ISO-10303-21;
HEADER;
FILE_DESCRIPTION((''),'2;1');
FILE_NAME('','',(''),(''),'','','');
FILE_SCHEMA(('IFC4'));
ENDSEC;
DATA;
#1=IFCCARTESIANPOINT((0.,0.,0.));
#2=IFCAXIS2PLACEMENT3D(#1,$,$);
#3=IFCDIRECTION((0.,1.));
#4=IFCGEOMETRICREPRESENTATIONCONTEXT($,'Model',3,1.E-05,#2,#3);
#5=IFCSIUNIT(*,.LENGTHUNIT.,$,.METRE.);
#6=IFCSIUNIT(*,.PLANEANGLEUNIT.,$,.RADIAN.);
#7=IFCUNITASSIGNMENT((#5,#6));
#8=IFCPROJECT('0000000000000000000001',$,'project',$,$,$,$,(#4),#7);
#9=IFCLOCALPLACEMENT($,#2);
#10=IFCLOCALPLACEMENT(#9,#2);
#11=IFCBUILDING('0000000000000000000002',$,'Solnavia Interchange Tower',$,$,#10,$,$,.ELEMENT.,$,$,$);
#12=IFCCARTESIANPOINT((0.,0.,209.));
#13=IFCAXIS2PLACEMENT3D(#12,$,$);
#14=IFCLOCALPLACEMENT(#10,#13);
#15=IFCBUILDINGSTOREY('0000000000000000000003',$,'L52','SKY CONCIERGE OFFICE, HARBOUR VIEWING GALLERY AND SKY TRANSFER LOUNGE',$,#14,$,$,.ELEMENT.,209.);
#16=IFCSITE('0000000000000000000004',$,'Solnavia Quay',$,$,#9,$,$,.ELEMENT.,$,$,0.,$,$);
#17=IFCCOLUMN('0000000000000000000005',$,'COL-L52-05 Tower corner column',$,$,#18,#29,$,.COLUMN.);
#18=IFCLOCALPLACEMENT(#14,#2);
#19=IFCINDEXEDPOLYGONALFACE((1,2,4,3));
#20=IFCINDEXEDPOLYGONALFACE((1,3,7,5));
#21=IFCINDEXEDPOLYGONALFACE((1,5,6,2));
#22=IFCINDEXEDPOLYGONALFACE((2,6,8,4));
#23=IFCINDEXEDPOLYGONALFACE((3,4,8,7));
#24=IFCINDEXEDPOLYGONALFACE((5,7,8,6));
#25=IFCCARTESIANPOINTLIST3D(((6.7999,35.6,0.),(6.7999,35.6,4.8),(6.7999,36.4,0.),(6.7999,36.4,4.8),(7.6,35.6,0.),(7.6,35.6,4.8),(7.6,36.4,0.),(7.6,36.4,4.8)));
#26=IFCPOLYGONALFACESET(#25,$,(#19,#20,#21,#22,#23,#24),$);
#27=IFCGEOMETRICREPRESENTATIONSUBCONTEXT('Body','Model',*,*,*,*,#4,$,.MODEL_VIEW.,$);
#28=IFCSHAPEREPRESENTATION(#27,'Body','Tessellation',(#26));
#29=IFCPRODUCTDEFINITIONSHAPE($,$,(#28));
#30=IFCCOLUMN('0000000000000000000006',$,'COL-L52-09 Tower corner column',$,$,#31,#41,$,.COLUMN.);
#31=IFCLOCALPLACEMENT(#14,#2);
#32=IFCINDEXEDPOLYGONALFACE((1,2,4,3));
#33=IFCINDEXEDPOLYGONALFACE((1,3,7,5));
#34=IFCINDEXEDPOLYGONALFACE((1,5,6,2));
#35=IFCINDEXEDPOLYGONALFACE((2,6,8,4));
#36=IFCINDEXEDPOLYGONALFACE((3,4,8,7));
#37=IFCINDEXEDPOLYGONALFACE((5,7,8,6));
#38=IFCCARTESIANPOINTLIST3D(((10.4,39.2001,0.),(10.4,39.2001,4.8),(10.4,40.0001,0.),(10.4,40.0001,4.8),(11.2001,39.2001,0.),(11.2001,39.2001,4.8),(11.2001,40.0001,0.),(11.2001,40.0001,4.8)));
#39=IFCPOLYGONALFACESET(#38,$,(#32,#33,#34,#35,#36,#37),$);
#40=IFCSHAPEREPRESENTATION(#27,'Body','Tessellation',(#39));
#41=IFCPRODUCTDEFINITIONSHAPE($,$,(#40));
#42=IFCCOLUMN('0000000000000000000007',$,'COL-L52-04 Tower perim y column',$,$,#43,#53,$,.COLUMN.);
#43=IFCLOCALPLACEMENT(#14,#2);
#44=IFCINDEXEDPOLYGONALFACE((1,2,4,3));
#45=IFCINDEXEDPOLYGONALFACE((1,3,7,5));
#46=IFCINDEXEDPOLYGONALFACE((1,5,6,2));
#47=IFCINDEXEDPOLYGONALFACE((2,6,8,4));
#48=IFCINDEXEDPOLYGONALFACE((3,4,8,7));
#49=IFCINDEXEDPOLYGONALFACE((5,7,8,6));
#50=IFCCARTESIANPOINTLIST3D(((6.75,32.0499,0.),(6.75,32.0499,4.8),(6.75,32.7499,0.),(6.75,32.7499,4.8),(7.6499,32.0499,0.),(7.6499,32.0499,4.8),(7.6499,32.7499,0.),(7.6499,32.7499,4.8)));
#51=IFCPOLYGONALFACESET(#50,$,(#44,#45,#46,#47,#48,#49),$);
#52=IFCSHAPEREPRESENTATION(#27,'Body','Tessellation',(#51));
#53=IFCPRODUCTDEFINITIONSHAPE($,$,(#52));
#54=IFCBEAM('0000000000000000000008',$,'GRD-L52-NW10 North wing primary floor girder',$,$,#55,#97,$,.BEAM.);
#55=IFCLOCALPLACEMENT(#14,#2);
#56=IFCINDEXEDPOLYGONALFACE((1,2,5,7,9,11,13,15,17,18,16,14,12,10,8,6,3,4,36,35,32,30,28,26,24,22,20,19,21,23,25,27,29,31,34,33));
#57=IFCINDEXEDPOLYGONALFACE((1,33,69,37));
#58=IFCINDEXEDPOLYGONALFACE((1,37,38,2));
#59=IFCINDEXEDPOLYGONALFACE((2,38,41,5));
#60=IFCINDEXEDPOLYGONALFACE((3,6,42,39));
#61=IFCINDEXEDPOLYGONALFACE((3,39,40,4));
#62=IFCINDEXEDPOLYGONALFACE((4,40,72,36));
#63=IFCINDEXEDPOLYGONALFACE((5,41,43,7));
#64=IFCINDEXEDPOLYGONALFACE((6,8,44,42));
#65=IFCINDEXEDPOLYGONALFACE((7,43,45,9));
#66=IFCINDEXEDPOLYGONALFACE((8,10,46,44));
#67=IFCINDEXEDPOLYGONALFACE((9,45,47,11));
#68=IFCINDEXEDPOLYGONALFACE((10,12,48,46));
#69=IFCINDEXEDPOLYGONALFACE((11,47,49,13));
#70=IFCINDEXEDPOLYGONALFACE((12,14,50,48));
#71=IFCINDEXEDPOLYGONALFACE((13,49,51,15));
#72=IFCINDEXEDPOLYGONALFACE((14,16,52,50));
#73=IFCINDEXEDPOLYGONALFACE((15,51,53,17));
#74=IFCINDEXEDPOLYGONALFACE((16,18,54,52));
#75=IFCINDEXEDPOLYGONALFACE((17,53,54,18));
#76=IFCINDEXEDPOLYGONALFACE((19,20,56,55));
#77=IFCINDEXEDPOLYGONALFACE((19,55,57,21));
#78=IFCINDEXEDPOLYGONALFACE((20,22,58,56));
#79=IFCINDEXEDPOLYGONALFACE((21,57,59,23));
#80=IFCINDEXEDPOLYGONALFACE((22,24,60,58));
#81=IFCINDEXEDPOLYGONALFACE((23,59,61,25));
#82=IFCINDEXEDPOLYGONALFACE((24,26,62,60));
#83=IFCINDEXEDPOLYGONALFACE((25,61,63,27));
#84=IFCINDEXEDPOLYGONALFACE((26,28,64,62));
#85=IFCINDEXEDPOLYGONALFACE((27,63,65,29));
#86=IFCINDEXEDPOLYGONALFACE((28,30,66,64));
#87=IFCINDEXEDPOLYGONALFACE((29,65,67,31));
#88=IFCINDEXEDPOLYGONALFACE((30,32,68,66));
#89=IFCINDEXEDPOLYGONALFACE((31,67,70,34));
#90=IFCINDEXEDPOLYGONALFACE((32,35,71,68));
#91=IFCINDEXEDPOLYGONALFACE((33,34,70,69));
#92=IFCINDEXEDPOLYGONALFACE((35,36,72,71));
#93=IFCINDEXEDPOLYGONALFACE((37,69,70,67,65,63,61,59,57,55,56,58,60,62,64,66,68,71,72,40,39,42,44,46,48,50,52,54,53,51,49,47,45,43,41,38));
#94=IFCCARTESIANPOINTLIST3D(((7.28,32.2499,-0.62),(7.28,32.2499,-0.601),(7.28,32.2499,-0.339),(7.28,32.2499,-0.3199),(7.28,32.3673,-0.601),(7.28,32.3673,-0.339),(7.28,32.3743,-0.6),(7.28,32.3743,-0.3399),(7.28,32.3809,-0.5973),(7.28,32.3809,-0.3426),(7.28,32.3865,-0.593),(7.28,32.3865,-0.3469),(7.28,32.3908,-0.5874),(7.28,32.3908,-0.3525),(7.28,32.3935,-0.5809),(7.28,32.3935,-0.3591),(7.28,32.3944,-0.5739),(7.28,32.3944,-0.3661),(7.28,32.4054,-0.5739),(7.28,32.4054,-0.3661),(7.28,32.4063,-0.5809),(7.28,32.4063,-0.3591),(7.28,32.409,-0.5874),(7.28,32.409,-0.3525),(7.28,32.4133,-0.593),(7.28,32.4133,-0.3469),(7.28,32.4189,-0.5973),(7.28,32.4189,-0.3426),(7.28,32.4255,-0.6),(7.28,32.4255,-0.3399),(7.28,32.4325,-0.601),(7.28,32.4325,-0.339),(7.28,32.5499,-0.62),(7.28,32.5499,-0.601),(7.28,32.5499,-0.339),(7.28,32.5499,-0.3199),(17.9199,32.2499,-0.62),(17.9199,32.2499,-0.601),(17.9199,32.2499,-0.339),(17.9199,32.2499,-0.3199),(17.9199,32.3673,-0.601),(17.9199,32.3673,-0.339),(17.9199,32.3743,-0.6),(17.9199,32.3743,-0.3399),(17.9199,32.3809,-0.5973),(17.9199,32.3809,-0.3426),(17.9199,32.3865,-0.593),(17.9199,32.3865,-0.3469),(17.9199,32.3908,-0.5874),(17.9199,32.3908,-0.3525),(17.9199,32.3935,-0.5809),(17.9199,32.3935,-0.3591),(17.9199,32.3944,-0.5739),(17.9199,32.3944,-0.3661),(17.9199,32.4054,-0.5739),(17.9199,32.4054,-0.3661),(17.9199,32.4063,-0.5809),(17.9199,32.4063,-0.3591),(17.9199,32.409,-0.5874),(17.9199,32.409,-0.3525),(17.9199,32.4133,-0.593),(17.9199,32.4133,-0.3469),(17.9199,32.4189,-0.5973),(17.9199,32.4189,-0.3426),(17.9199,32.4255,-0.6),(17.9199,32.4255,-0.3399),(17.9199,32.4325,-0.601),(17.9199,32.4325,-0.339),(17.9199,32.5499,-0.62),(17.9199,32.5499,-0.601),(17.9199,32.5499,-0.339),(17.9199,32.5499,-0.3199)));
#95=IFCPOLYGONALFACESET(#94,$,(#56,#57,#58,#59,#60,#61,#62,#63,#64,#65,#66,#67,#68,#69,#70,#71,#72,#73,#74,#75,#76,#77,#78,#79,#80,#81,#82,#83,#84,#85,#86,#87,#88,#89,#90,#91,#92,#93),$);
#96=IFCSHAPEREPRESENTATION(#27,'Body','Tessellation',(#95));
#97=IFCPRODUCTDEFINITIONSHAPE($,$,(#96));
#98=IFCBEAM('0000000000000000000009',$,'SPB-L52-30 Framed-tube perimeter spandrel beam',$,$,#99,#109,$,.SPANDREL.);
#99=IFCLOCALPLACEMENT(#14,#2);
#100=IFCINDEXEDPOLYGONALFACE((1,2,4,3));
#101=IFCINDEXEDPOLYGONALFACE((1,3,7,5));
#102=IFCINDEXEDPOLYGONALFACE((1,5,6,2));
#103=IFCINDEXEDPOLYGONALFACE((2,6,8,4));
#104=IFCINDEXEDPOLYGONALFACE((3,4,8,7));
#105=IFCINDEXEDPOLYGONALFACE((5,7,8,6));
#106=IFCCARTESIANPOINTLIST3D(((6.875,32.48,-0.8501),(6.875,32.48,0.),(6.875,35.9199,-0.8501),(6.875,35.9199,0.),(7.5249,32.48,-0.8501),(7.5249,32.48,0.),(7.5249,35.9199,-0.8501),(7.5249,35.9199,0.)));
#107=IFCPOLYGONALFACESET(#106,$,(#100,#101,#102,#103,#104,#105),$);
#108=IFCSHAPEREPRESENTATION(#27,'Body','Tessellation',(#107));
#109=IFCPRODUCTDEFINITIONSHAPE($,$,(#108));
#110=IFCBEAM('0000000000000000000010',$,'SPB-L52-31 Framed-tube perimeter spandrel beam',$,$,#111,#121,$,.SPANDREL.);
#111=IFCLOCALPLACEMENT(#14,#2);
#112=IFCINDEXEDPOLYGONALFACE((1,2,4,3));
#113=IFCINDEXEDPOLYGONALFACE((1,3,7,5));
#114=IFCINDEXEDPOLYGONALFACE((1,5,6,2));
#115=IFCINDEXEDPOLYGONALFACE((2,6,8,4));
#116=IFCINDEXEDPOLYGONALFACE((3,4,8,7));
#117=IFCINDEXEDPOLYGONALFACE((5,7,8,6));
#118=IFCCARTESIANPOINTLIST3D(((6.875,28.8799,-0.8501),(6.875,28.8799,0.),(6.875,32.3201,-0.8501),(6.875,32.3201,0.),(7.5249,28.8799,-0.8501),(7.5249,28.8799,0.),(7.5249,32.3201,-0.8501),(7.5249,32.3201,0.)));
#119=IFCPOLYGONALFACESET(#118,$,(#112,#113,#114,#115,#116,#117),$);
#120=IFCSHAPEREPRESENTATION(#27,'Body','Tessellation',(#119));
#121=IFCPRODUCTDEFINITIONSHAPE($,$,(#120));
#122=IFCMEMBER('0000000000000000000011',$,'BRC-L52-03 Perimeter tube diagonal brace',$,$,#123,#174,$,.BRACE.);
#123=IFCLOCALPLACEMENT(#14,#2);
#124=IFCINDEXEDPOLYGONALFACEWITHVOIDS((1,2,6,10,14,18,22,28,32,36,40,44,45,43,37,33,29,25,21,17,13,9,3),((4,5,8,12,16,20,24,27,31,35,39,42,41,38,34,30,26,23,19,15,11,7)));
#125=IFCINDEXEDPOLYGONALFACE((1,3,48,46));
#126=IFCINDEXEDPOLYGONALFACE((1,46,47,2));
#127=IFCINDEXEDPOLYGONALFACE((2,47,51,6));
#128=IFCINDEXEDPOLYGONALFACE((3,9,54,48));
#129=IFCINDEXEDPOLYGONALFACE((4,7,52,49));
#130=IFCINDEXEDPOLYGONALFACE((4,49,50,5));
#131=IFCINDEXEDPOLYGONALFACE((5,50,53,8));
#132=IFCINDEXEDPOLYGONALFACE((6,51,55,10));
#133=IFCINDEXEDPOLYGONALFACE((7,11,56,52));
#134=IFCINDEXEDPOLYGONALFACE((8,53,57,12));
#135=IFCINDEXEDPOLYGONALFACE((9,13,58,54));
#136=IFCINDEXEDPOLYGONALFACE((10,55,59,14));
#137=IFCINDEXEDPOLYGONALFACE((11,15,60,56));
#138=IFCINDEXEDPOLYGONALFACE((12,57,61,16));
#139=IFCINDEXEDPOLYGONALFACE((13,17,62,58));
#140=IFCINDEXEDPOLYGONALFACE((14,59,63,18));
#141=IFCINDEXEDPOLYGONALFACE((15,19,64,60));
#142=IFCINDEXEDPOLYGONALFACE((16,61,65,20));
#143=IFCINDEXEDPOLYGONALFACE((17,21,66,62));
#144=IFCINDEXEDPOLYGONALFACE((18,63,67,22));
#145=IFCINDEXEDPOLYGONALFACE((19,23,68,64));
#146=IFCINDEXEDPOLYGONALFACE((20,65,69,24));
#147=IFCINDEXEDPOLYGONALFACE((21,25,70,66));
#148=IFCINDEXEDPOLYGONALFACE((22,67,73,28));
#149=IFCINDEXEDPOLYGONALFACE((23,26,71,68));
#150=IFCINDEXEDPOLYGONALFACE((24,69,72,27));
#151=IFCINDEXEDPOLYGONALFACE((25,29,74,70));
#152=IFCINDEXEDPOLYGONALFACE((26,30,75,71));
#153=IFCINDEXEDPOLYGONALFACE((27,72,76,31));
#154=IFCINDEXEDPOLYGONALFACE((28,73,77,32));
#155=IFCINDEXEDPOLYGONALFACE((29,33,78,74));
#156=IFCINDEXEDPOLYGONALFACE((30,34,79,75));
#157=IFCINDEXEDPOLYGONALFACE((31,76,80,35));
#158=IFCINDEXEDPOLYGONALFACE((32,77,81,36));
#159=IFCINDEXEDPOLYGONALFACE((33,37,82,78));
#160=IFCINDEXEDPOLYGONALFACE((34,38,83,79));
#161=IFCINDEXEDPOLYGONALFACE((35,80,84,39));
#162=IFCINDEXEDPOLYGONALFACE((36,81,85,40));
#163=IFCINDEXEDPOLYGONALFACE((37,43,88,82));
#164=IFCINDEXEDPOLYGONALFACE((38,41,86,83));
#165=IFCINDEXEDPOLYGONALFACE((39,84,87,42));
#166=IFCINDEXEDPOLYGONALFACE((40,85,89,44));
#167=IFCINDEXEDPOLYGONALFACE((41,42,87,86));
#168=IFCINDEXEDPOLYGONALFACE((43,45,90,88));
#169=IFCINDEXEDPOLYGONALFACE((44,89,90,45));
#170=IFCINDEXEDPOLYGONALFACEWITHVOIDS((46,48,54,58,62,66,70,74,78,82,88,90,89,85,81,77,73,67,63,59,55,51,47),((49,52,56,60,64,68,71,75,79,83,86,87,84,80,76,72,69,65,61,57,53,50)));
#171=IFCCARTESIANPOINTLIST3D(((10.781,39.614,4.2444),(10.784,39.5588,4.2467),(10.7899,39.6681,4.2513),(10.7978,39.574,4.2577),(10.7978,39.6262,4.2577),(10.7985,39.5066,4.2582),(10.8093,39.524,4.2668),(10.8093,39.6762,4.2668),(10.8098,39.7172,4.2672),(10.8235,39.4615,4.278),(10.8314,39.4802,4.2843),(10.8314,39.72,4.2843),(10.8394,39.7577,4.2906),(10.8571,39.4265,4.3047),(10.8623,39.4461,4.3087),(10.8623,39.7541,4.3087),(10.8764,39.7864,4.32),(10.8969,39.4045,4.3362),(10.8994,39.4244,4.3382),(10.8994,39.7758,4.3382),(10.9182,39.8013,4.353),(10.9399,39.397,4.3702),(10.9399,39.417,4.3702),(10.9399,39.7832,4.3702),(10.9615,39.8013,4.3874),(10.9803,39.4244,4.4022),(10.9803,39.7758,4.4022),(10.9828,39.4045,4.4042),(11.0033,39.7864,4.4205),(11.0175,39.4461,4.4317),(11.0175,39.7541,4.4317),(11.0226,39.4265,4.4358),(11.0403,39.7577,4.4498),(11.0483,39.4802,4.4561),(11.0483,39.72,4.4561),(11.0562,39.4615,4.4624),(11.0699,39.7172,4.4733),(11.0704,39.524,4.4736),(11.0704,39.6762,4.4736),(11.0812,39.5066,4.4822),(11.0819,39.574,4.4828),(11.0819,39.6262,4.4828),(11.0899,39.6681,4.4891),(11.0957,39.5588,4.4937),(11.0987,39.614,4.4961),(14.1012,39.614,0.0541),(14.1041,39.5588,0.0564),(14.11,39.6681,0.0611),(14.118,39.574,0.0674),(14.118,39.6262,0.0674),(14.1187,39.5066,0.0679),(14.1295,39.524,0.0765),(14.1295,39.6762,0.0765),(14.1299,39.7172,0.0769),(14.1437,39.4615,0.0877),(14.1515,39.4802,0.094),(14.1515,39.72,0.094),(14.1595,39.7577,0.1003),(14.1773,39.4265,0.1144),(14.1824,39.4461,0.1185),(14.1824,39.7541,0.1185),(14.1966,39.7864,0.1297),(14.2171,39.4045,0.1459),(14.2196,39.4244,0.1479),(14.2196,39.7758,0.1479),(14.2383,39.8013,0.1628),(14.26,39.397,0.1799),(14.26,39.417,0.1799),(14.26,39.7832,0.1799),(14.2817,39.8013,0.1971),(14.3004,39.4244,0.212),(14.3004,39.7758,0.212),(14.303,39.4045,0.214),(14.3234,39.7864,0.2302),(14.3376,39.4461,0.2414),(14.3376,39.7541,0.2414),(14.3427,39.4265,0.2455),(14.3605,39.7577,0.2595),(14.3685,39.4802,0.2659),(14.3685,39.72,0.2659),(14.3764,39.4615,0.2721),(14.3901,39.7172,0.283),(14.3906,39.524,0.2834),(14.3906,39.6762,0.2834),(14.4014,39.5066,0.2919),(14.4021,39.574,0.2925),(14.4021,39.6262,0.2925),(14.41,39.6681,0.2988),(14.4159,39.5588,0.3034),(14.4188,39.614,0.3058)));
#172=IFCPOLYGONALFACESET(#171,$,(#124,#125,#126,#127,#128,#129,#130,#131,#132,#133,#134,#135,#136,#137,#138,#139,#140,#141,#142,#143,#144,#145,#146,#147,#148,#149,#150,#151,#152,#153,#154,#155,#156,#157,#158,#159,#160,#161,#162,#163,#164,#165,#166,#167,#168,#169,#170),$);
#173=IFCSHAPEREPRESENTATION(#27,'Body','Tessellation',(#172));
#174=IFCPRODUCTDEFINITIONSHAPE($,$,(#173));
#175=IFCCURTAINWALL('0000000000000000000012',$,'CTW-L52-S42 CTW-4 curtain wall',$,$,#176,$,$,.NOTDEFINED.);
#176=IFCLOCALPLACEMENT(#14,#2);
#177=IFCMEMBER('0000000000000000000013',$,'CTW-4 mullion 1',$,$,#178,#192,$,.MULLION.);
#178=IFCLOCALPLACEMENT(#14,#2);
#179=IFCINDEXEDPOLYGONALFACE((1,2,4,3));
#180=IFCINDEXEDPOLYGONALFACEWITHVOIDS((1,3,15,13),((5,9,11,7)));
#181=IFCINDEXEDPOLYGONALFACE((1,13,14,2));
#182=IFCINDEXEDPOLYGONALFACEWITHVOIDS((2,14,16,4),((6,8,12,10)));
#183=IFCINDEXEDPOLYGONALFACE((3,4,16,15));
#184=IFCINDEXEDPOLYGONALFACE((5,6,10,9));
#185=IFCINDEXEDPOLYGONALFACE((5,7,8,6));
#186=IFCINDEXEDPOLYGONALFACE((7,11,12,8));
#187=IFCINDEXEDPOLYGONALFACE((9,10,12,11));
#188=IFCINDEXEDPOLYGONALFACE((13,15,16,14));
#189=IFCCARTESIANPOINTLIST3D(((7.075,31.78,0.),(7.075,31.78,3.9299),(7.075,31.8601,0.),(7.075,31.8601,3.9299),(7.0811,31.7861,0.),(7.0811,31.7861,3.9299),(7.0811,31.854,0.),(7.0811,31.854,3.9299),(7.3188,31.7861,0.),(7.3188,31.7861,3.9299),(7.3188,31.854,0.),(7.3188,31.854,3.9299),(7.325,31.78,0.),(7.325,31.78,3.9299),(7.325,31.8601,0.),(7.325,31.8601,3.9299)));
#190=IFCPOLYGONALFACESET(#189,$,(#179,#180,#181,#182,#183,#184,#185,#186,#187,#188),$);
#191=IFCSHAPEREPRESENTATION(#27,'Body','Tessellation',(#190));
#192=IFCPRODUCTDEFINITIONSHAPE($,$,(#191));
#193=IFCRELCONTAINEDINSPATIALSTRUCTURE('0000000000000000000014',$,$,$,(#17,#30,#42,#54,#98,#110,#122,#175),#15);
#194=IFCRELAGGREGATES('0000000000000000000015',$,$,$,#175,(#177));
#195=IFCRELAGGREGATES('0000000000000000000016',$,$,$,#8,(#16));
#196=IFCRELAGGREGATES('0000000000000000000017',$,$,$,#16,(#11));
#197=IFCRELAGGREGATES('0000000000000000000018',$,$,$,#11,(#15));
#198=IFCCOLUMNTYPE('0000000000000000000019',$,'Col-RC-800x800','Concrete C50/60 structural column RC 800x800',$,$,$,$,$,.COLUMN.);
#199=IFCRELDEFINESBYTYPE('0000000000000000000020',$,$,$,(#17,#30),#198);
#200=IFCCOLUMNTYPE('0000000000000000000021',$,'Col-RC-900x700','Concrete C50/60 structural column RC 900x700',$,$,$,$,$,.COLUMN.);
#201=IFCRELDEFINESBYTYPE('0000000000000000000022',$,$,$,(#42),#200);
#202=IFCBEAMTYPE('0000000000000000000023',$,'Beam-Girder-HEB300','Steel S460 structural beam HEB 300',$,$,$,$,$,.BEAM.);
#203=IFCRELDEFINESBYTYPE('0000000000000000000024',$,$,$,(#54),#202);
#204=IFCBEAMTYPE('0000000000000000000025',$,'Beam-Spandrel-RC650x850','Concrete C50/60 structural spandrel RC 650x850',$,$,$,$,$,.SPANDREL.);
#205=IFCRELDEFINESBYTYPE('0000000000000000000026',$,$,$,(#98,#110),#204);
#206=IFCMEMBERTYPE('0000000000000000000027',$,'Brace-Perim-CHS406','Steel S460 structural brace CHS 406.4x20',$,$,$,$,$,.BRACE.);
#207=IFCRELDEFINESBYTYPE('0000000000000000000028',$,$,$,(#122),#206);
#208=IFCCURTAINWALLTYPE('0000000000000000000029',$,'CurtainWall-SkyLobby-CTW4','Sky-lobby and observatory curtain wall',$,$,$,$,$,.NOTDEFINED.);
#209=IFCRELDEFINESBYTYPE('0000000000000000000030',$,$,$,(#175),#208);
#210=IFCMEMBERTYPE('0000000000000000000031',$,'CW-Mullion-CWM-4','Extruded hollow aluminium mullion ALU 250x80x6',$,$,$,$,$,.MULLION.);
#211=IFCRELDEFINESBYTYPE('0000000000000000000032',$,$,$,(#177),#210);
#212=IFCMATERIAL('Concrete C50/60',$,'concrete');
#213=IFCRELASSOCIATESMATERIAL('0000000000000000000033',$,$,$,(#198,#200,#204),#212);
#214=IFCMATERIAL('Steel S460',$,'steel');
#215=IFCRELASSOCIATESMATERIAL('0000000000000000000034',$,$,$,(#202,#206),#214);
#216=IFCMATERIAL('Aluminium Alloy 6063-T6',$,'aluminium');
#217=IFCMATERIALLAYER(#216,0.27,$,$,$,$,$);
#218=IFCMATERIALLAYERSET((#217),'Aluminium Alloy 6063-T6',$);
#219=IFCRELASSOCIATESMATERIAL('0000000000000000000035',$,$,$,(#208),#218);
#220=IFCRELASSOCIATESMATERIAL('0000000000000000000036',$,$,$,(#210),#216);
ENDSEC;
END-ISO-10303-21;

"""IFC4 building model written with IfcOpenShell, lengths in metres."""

from ifc_helpers import new_model, si_unit, direction, frame, origin, origin_2d, place, context, subcontext, project, spatial, rectangle, hollow_rectangle, hollow_circle, i_section, extrude, material, layer, layer_set, material_profile, profile_set, type_object, element, aggregate, save


model = new_model("IFC4")

# Units and contexts
model_context = context("Model", 3, precision=1e-05, world=origin(), true_north=direction((0.0, 1.0)))
body_context = subcontext(model_context, "Body", "Model", "MODEL_VIEW")
ifc_project = project(units=[si_unit("LENGTHUNIT", "METRE"), si_unit("PLANEANGLEUNIT", "RADIAN")], contexts=[model_context])

# Site, building, storey
site_placement = place(None, origin())
site = spatial("IfcSite", under=ifc_project, at=site_placement, Name="Solnavia Quay", CompositionType="ELEMENT", RefElevation=0.0)
building_placement = place(site_placement, origin())
building = spatial("IfcBuilding", under=site, at=building_placement, Name="Solnavia Interchange Tower", CompositionType="ELEMENT")
storey_placement = place(building_placement, frame((0.0, 0.0, 209.0)))
storey = spatial("IfcBuildingStorey", under=building, at=storey_placement, Name="L52", Description="SKY CONCIERGE OFFICE, HARBOUR VIEWING GALLERY AND SKY TRANSFER LOUNGE", CompositionType="ELEMENT", Elevation=209.0)

# Columns
ifc_material_1 = material(Name="Concrete C50/60", Category="concrete")
ifc_material_profile_1 = material_profile(ifc_material_1, rectangle(XDim=0.8, YDim=0.8, at=origin_2d()), Name="RC 800x800")
ifc_profile_set_1 = profile_set([ifc_material_profile_1], Name="Concrete C50/60")
column_type_1 = type_object("IfcColumnType", Name="Col-RC-800x800", Description="Concrete C50/60 structural column RC 800x800", PredefinedType="COLUMN", material=ifc_profile_set_1)
for number, where, z_axis, x_axis, name in (
    (1, (7.2, 36.0, 0.0), (0.0, 0.0, 1.0), (0.0, 1.0, 0.0), "COL-L52-05 Tower corner column"),
    (2, (10.8, 39.6001, 0.0), (0.0, 0.0, 1.0), (1.0, 0.0, 0.0), "COL-L52-09 Tower corner column"),
):
    element("IfcColumn", number, at=place(storey_placement, frame(where, z_axis=z_axis, x_axis=x_axis)), inside=storey, type_object=column_type_1, Name=name, PredefinedType="COLUMN", context=body_context, shape_type="SweptSolid", body=[
        extrude(rectangle(XDim=0.8, YDim=0.8, at=origin_2d()), origin(), (0.0, 0.0, 1.0), 4.8),
    ])
ifc_material_profile_2 = material_profile(ifc_material_1, rectangle(XDim=0.7, YDim=0.8999, at=origin_2d()), Name="RC 900x700")
ifc_profile_set_2 = profile_set([ifc_material_profile_2], Name="Concrete C50/60")
column_type_2 = type_object("IfcColumnType", Name="Col-RC-900x700", Description="Concrete C50/60 structural column RC 900x700", PredefinedType="COLUMN", material=ifc_profile_set_2)
column_placement = place(storey_placement, frame((7.2, 32.3999, 0.0), z_axis=(0.0, 0.0, 1.0), x_axis=(0.0, 1.0, 0.0)))
element("IfcColumn", 3, at=column_placement, inside=storey, type_object=column_type_2, Name="COL-L52-04 Tower perim y column", PredefinedType="COLUMN", context=body_context, shape_type="SweptSolid", body=[
    extrude(rectangle(XDim=0.7, YDim=0.8999, at=origin_2d()), origin(), (0.0, 0.0, 1.0), 4.8),
])

# Beams
ifc_material_2 = material(Name="Steel S460", Category="steel")
ifc_material_profile_3 = material_profile(ifc_material_2, i_section(OverallWidth=0.3, OverallDepth=0.3, WebThickness=0.011, FlangeThickness=0.019, FilletRadius=0.0271, at=origin_2d()), Name="HEB 300")
ifc_profile_set_3 = profile_set([ifc_material_profile_3], Name="Steel S460")
beam_type_1 = type_object("IfcBeamType", Name="Beam-Girder-HEB300", Description="Steel S460 structural beam HEB 300", PredefinedType="BEAM", material=ifc_profile_set_3)
beam_1_placement = place(storey_placement, frame((7.28, 32.3999, -0.47), z_axis=(1.0, 0.0, 0.0), x_axis=(0.0, 1.0, 0.0)))
element("IfcBeam", 4, at=beam_1_placement, inside=storey, type_object=beam_type_1, Name="GRD-L52-NW10 North wing primary floor girder", PredefinedType="BEAM", context=body_context, shape_type="SweptSolid", body=[
    extrude(i_section(OverallWidth=0.3, OverallDepth=0.3, WebThickness=0.011, FlangeThickness=0.019, FilletRadius=0.0271, at=origin_2d()), origin(), (0.0, 0.0, 1.0), 10.6399),
])
ifc_material_profile_4 = material_profile(ifc_material_1, rectangle(XDim=0.6499, YDim=0.8501, at=origin_2d()), Name="RC 650x850")
ifc_profile_set_4 = profile_set([ifc_material_profile_4], Name="Concrete C50/60")
beam_type_2 = type_object("IfcBeamType", Name="Beam-Spandrel-RC650x850", Description="Concrete C50/60 structural spandrel RC 650x850", PredefinedType="SPANDREL", material=ifc_profile_set_4)
beam_2_placement = place(storey_placement, frame((7.2, 35.9199, -0.425), z_axis=(0.0, -1.0, 0.0), x_axis=(1.0, 0.0, 0.0)))
element("IfcBeam", 5, at=beam_2_placement, inside=storey, type_object=beam_type_2, Name="SPB-L52-30 Framed-tube perimeter spandrel beam", PredefinedType="SPANDREL", context=body_context, shape_type="SweptSolid", body=[
    extrude(rectangle(XDim=0.6499, YDim=0.8501, at=origin_2d()), origin(), (0.0, 0.0, 1.0), 3.4399),
])
beam_3_placement = place(storey_placement, frame((7.2, 32.3201, -0.425), z_axis=(0.0, -1.0, 0.0), x_axis=(1.0, 0.0, 0.0)))
element("IfcBeam", 6, at=beam_3_placement, inside=storey, type_object=beam_type_2, Name="SPB-L52-31 Framed-tube perimeter spandrel beam", PredefinedType="SPANDREL", context=body_context, shape_type="SweptSolid", body=[
    extrude(rectangle(XDim=0.6499, YDim=0.8501, at=origin_2d()), origin(), (0.0, 0.0, 1.0), 3.4402),
])

# Member
ifc_material_profile_5 = material_profile(ifc_material_2, hollow_circle(Radius=0.2031, WallThickness=0.02, at=origin_2d()), Name="CHS 406.4x20")
ifc_profile_set_5 = profile_set([ifc_material_profile_5], Name="Steel S460")
member_type_1 = type_object("IfcMemberType", Name="Brace-Perim-CHS406", Description="Steel S460 structural brace CHS 406.4x20", PredefinedType="BRACE", material=ifc_profile_set_5)
member_1_placement = place(storey_placement, frame((14.26, 39.6001, 0.1799), z_axis=(-0.621029, 0.0, 0.783787), x_axis=(0.0, -1.0, 0.0)))
element("IfcMember", 7, at=member_1_placement, inside=storey, type_object=member_type_1, Name="BRC-L52-03 Perimeter tube diagonal brace", PredefinedType="BRACE", context=body_context, shape_type="SweptSolid", body=[
    extrude(hollow_circle(Radius=0.2031, WallThickness=0.02, at=origin_2d()), origin(), (0.0, 0.0, 1.0), 5.3462),
])

# Curtain wall, member
ifc_material_3 = material(Name="Aluminium Alloy 6063-T6", Category="aluminium")
ifc_layer_1 = layer(ifc_material_3, 0.27)
ifc_layer_set_1 = layer_set([ifc_layer_1], Name="Aluminium Alloy 6063-T6")
curtain_wall_type = type_object("IfcCurtainWallType", Name="CurtainWall-SkyLobby-CTW4", Description="Sky-lobby and observatory curtain wall", PredefinedType="NOTDEFINED", material=ifc_layer_set_1)
curtain_wall_placement = place(storey_placement, origin())
curtain_wall = element("IfcCurtainWall", 8, at=curtain_wall_placement, inside=storey, type_object=curtain_wall_type, Name="CTW-L52-S42 CTW-4 curtain wall", PredefinedType="NOTDEFINED")
ifc_material_profile_6 = material_profile(ifc_material_3, hollow_rectangle(XDim=0.0801, YDim=0.25, WallThickness=0.0061, at=origin_2d()), Name="ALU 250x80x6")
ifc_profile_set_6 = profile_set([ifc_material_profile_6], Name="Aluminium Alloy 6063-T6")
member_type_2 = type_object("IfcMemberType", Name="CW-Mullion-CWM-4", Description="Extruded hollow aluminium mullion ALU 250x80x6", PredefinedType="MULLION", material=ifc_profile_set_6)
member_2_placement = place(storey_placement, frame((7.2, 31.8201, 0.0), z_axis=(0.0, 0.0, 1.0), x_axis=(0.0, -1.0, 0.0)))
member_2 = element("IfcMember", 9, at=member_2_placement, type_object=member_type_2, Name="CTW-4 mullion 1", PredefinedType="MULLION", context=body_context, shape_type="SweptSolid", body=[
    extrude(hollow_rectangle(XDim=0.0801, YDim=0.25, WallThickness=0.0061, at=origin_2d()), origin(), (0.0, 0.0, 1.0), 3.9299),
])
aggregate(curtain_wall, [member_2])

save(model, "model.ifc")
